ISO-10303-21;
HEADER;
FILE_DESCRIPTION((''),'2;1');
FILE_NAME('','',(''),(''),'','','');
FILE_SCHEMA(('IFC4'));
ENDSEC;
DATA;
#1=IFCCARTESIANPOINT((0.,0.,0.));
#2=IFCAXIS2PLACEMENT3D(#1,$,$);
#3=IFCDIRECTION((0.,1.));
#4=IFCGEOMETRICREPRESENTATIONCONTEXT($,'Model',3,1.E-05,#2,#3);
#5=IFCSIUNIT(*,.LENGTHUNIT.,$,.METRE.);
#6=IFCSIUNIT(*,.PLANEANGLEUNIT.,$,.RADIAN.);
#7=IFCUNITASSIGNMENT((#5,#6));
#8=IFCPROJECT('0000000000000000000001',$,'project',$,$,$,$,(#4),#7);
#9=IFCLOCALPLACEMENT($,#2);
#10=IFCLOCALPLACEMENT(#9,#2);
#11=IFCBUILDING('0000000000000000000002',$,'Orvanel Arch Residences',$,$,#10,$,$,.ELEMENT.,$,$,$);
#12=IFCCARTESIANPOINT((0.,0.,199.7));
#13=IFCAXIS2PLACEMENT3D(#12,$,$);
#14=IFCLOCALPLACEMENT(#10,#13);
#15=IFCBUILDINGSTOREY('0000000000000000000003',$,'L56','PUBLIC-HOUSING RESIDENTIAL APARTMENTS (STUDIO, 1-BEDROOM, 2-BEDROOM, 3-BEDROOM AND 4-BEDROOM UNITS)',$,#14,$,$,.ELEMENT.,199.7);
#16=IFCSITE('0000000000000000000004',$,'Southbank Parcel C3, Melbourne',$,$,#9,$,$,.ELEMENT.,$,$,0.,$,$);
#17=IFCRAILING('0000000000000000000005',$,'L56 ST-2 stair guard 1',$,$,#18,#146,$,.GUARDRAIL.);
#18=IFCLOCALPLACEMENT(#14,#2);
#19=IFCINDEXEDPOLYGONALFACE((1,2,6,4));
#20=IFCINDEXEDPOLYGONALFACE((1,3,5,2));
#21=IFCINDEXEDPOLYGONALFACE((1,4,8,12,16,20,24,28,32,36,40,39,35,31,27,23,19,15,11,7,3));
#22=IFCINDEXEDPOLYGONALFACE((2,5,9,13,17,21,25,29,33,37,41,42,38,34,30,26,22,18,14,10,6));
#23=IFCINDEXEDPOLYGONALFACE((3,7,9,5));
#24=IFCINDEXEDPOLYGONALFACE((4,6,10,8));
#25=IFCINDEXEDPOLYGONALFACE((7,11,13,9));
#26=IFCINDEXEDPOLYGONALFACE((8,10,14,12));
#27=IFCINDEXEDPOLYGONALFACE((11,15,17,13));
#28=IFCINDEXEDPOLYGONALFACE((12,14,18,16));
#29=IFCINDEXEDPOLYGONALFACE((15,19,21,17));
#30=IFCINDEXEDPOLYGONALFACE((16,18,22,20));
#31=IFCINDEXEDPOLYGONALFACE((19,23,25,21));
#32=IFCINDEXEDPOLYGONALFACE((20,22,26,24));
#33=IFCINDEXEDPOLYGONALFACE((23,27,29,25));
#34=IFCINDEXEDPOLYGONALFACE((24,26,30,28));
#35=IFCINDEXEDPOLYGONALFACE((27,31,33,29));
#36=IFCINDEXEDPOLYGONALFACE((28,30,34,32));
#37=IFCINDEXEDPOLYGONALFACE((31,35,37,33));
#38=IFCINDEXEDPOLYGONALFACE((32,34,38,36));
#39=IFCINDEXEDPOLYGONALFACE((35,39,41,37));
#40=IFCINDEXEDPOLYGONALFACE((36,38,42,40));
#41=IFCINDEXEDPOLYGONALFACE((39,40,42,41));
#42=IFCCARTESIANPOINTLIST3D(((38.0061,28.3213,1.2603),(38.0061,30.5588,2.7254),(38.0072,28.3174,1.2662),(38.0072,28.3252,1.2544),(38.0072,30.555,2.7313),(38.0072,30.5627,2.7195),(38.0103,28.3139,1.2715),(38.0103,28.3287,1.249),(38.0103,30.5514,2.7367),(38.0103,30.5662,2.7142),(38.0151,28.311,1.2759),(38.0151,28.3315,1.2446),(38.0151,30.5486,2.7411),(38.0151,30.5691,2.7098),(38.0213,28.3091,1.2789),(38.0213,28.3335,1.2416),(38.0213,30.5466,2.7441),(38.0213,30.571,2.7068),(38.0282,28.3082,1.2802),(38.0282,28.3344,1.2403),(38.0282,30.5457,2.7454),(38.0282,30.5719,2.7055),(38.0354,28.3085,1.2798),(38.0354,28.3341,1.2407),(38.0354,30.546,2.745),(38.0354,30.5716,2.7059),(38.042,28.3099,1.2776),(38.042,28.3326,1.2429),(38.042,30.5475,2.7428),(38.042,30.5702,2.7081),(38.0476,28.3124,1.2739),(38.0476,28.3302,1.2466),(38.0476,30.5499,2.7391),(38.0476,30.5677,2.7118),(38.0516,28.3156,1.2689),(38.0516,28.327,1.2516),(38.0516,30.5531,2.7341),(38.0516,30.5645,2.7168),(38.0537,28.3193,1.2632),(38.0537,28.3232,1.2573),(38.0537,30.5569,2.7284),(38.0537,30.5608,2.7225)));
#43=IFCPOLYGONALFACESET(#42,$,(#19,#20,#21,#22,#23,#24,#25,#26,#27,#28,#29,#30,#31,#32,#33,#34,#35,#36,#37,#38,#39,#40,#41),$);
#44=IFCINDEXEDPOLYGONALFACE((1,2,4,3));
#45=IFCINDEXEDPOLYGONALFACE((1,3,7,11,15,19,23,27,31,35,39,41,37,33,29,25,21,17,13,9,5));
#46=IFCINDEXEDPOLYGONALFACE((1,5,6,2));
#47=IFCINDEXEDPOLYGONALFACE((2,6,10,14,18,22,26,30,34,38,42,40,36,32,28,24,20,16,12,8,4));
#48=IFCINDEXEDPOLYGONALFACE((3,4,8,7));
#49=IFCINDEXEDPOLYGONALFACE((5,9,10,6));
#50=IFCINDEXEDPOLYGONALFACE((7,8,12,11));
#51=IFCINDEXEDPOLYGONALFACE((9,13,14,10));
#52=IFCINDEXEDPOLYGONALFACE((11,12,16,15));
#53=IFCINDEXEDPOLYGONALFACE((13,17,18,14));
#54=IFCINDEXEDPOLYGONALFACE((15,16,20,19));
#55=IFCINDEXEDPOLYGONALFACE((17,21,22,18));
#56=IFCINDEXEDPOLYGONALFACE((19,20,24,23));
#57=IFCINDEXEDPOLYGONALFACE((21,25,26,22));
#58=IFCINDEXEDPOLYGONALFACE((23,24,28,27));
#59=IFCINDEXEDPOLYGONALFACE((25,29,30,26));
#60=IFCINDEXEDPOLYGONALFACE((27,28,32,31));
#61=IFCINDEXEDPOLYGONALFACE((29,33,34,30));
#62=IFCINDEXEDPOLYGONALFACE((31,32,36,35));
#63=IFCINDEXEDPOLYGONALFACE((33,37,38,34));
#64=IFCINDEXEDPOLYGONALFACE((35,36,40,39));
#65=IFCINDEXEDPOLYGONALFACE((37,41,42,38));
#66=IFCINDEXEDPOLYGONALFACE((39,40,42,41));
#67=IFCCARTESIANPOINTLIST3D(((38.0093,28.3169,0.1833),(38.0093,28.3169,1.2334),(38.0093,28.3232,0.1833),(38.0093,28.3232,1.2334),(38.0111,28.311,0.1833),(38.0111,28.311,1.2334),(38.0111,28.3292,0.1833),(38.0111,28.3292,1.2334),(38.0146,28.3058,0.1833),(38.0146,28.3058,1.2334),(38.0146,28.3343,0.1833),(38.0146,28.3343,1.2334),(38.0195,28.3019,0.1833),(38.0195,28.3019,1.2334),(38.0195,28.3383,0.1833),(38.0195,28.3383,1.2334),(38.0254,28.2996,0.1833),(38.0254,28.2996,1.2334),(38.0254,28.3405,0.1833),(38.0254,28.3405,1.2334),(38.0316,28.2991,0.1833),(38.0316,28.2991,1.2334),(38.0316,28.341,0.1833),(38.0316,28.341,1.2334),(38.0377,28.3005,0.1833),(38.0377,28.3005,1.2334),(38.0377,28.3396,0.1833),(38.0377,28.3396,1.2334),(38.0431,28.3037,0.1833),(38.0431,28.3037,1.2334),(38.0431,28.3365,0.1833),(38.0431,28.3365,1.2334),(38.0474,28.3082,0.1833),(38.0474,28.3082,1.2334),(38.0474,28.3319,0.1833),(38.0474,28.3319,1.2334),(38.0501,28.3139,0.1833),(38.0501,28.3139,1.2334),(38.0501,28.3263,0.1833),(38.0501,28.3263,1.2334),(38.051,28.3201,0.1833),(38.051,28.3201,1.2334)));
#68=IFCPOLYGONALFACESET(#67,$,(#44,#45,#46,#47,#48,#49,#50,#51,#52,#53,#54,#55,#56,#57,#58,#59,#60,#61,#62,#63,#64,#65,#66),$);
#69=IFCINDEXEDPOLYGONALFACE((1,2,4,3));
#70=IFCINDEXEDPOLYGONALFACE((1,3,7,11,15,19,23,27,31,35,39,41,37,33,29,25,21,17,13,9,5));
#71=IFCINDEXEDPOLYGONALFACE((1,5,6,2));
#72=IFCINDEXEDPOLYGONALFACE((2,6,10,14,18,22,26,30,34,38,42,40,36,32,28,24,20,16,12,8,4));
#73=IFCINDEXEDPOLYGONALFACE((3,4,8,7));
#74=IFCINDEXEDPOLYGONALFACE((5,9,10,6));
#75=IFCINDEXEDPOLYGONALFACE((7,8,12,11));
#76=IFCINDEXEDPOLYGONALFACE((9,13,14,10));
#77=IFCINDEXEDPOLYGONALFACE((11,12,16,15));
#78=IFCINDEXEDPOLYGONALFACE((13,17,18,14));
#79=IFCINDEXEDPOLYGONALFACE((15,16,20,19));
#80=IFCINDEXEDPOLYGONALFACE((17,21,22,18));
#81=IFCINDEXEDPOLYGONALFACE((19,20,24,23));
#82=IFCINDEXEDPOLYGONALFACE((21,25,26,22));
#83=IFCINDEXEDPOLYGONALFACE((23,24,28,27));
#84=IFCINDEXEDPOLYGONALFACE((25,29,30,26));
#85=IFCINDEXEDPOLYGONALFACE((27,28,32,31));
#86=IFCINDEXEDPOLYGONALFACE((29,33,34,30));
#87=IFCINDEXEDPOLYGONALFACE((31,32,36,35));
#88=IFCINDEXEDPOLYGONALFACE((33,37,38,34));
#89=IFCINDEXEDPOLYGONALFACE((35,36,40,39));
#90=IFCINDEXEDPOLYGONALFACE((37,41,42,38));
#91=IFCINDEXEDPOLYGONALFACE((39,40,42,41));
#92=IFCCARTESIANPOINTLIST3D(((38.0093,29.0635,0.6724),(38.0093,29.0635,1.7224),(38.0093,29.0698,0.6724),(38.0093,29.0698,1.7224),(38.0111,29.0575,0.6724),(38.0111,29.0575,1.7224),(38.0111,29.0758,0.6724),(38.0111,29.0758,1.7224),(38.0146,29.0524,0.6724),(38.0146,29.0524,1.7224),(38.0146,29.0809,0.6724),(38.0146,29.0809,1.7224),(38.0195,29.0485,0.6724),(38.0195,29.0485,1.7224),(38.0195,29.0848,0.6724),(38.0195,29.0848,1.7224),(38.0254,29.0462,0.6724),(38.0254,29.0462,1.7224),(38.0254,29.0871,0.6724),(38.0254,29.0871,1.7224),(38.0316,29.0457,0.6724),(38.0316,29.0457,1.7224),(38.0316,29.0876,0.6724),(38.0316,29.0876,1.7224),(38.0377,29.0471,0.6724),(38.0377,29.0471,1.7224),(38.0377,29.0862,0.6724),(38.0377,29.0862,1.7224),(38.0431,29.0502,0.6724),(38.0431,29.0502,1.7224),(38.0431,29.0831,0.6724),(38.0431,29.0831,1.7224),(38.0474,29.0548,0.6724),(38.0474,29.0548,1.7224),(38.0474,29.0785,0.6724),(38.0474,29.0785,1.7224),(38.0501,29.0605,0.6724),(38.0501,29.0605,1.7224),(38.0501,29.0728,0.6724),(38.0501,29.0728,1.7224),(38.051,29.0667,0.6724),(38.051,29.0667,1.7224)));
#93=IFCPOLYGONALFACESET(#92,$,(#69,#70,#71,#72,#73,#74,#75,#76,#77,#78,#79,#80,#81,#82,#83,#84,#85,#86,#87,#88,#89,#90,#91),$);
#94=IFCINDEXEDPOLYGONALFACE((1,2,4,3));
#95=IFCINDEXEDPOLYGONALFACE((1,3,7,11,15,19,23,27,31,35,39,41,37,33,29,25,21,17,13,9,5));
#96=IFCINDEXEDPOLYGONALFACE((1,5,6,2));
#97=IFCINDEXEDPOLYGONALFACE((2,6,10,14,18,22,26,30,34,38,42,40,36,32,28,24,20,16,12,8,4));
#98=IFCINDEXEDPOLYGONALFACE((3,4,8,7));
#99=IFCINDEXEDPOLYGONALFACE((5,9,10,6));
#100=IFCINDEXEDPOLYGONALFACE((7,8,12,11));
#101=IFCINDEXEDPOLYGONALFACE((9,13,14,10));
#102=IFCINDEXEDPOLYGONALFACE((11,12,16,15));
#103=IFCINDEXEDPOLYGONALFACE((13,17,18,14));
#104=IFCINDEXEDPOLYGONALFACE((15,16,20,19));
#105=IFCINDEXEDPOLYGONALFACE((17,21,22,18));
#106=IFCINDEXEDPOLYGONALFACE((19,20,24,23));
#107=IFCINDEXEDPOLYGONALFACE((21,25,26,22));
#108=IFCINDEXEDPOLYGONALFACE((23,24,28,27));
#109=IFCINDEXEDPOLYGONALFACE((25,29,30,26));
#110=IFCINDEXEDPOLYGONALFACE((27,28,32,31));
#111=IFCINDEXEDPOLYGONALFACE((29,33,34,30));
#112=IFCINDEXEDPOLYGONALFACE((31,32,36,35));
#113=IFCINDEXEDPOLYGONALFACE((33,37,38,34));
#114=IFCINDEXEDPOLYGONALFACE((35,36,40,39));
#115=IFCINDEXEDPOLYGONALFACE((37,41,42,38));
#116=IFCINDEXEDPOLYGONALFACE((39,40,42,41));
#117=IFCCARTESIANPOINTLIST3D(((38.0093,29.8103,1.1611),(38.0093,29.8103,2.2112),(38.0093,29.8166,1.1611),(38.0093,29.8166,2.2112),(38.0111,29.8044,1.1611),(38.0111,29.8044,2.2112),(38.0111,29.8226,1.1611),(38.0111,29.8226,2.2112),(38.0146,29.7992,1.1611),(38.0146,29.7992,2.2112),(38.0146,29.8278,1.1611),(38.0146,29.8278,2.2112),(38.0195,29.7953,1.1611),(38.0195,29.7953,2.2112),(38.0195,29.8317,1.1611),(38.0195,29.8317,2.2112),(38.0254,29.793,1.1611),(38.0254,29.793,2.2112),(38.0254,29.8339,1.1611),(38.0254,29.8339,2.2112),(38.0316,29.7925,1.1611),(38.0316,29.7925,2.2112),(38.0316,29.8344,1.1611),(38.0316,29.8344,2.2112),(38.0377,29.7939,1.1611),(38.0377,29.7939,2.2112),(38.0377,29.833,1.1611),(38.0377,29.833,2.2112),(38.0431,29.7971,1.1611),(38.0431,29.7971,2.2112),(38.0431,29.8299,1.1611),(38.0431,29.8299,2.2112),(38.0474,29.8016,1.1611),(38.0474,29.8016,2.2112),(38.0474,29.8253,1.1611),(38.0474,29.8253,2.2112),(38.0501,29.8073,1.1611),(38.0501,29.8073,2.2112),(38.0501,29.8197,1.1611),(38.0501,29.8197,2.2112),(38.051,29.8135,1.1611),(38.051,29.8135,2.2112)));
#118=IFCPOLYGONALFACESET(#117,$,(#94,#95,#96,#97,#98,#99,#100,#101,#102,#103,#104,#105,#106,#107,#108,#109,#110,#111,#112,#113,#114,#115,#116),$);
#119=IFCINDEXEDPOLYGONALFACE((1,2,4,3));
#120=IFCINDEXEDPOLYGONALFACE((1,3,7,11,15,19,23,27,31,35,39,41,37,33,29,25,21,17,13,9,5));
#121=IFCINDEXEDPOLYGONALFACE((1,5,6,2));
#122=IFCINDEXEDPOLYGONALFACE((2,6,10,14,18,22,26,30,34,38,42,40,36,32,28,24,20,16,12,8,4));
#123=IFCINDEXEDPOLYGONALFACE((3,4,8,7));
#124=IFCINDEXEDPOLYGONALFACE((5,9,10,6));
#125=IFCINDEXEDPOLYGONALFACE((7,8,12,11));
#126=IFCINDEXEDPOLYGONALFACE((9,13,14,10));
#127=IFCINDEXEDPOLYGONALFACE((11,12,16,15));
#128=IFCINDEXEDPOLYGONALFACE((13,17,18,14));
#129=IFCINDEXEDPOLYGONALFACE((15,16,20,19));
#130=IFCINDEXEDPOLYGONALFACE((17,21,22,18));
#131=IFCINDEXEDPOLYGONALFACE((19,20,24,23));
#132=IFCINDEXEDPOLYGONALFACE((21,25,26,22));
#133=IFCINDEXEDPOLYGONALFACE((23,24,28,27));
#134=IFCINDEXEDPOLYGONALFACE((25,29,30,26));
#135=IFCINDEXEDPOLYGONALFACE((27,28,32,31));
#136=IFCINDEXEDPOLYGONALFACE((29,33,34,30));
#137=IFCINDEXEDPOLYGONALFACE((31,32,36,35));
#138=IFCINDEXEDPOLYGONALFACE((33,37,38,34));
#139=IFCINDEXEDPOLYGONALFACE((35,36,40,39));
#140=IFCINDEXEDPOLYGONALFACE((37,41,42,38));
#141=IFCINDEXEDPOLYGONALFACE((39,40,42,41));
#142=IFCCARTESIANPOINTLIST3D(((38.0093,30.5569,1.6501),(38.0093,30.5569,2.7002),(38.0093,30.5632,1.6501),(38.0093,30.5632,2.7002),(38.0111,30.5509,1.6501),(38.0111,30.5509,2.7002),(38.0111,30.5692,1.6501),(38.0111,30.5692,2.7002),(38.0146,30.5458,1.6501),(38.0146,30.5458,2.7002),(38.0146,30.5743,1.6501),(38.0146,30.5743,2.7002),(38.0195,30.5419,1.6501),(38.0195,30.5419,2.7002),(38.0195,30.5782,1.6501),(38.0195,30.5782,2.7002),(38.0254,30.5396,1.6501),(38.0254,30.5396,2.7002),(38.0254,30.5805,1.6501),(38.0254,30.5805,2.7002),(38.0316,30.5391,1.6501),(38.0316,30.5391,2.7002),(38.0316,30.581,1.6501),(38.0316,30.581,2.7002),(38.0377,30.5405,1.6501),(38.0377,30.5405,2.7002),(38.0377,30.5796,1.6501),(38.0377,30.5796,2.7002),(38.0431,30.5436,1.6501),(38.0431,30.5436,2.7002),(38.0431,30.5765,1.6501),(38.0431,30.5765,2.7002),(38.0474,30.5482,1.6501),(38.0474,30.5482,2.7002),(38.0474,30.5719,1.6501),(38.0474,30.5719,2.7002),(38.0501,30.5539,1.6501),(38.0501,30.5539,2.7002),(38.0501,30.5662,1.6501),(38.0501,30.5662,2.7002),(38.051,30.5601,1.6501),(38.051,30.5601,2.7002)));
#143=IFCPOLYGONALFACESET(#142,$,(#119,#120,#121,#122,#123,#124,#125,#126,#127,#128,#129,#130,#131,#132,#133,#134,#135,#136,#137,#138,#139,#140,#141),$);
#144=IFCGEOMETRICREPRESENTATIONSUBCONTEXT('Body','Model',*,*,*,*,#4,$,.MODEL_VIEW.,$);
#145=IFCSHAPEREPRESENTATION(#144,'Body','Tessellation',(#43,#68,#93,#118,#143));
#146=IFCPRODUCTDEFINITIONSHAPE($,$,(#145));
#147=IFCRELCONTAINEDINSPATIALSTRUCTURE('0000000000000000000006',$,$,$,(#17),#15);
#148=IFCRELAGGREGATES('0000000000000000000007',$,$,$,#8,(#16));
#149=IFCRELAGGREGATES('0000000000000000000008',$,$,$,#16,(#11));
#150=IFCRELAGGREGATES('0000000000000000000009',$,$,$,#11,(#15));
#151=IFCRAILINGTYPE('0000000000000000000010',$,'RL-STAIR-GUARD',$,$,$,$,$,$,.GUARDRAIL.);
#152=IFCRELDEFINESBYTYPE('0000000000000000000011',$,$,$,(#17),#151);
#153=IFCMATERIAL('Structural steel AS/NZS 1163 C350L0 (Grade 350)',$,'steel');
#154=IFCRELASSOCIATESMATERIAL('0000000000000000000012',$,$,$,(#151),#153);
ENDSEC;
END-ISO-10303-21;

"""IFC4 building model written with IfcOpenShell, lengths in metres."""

from ifc_helpers import new_model, si_unit, direction, frame, origin, origin_2d, place, context, subcontext, project, spatial, circle, extrude, material, type_object, element, save


model = new_model("IFC4")

# Units and contexts
model_context = context("Model", 3, precision=1e-05, world=origin(), true_north=direction((0.0, 1.0)))
body_context = subcontext(model_context, "Body", "Model", "MODEL_VIEW")
ifc_project = project(units=[si_unit("LENGTHUNIT", "METRE"), si_unit("PLANEANGLEUNIT", "RADIAN")], contexts=[model_context])

# Site, building, storey
site_placement = place(None, origin())
site = spatial("IfcSite", under=ifc_project, at=site_placement, Name="Southbank Parcel C3, Melbourne", CompositionType="ELEMENT", RefElevation=0.0)
building_placement = place(site_placement, origin())
building = spatial("IfcBuilding", under=site, at=building_placement, Name="Orvanel Arch Residences", CompositionType="ELEMENT")
storey_placement = place(building_placement, frame((0.0, 0.0, 199.7)))
storey = spatial("IfcBuildingStorey", under=building, at=storey_placement, Name="L56", Description="PUBLIC-HOUSING RESIDENTIAL APARTMENTS (STUDIO, 1-BEDROOM, 2-BEDROOM, 3-BEDROOM AND 4-BEDROOM UNITS)", CompositionType="ELEMENT", Elevation=199.7)

# Railing
ifc_material_1 = material(Name="Structural steel AS/NZS 1163 C350L0 (Grade 350)", Category="steel")
railing_type_1 = type_object("IfcRailingType", Name="RL-STAIR-GUARD", PredefinedType="GUARDRAIL", material=ifc_material_1)
railing_1_placement = place(storey_placement, frame((38.03, 28.3201, 0.1833)))
element("IfcRailing", 1, at=railing_1_placement, inside=storey, type_object=railing_type_1, Name="L56 ST-2 stair guard 1", PredefinedType="GUARDRAIL", context=body_context, shape_type="SweptSolid", body=[
    extrude(circle(Radius=0.0239, at=origin_2d()), frame((0.0, 0.0012, 1.0769), z_axis=(0.0, 0.836595, 0.547822), x_axis=(-1.0, 0.0, 0.0)), (0.0, 0.0, 1.0), 2.6746),
    extrude(circle(Radius=0.021, at=origin_2d()), origin(), (0.0, 0.0, 1.0), 1.05),
    extrude(circle(Radius=0.021, at=origin_2d()), frame((0.0, 0.7466, 0.489)), (0.0, 0.0, 1.0), 1.05),
    extrude(circle(Radius=0.021, at=origin_2d()), frame((0.0, 1.4934, 0.9778)), (0.0, 0.0, 1.0), 1.05),
    extrude(circle(Radius=0.021, at=origin_2d()), frame((0.0, 2.24, 1.4668)), (0.0, 0.0, 1.0), 1.05),
])

save(model, "model.ifc")
